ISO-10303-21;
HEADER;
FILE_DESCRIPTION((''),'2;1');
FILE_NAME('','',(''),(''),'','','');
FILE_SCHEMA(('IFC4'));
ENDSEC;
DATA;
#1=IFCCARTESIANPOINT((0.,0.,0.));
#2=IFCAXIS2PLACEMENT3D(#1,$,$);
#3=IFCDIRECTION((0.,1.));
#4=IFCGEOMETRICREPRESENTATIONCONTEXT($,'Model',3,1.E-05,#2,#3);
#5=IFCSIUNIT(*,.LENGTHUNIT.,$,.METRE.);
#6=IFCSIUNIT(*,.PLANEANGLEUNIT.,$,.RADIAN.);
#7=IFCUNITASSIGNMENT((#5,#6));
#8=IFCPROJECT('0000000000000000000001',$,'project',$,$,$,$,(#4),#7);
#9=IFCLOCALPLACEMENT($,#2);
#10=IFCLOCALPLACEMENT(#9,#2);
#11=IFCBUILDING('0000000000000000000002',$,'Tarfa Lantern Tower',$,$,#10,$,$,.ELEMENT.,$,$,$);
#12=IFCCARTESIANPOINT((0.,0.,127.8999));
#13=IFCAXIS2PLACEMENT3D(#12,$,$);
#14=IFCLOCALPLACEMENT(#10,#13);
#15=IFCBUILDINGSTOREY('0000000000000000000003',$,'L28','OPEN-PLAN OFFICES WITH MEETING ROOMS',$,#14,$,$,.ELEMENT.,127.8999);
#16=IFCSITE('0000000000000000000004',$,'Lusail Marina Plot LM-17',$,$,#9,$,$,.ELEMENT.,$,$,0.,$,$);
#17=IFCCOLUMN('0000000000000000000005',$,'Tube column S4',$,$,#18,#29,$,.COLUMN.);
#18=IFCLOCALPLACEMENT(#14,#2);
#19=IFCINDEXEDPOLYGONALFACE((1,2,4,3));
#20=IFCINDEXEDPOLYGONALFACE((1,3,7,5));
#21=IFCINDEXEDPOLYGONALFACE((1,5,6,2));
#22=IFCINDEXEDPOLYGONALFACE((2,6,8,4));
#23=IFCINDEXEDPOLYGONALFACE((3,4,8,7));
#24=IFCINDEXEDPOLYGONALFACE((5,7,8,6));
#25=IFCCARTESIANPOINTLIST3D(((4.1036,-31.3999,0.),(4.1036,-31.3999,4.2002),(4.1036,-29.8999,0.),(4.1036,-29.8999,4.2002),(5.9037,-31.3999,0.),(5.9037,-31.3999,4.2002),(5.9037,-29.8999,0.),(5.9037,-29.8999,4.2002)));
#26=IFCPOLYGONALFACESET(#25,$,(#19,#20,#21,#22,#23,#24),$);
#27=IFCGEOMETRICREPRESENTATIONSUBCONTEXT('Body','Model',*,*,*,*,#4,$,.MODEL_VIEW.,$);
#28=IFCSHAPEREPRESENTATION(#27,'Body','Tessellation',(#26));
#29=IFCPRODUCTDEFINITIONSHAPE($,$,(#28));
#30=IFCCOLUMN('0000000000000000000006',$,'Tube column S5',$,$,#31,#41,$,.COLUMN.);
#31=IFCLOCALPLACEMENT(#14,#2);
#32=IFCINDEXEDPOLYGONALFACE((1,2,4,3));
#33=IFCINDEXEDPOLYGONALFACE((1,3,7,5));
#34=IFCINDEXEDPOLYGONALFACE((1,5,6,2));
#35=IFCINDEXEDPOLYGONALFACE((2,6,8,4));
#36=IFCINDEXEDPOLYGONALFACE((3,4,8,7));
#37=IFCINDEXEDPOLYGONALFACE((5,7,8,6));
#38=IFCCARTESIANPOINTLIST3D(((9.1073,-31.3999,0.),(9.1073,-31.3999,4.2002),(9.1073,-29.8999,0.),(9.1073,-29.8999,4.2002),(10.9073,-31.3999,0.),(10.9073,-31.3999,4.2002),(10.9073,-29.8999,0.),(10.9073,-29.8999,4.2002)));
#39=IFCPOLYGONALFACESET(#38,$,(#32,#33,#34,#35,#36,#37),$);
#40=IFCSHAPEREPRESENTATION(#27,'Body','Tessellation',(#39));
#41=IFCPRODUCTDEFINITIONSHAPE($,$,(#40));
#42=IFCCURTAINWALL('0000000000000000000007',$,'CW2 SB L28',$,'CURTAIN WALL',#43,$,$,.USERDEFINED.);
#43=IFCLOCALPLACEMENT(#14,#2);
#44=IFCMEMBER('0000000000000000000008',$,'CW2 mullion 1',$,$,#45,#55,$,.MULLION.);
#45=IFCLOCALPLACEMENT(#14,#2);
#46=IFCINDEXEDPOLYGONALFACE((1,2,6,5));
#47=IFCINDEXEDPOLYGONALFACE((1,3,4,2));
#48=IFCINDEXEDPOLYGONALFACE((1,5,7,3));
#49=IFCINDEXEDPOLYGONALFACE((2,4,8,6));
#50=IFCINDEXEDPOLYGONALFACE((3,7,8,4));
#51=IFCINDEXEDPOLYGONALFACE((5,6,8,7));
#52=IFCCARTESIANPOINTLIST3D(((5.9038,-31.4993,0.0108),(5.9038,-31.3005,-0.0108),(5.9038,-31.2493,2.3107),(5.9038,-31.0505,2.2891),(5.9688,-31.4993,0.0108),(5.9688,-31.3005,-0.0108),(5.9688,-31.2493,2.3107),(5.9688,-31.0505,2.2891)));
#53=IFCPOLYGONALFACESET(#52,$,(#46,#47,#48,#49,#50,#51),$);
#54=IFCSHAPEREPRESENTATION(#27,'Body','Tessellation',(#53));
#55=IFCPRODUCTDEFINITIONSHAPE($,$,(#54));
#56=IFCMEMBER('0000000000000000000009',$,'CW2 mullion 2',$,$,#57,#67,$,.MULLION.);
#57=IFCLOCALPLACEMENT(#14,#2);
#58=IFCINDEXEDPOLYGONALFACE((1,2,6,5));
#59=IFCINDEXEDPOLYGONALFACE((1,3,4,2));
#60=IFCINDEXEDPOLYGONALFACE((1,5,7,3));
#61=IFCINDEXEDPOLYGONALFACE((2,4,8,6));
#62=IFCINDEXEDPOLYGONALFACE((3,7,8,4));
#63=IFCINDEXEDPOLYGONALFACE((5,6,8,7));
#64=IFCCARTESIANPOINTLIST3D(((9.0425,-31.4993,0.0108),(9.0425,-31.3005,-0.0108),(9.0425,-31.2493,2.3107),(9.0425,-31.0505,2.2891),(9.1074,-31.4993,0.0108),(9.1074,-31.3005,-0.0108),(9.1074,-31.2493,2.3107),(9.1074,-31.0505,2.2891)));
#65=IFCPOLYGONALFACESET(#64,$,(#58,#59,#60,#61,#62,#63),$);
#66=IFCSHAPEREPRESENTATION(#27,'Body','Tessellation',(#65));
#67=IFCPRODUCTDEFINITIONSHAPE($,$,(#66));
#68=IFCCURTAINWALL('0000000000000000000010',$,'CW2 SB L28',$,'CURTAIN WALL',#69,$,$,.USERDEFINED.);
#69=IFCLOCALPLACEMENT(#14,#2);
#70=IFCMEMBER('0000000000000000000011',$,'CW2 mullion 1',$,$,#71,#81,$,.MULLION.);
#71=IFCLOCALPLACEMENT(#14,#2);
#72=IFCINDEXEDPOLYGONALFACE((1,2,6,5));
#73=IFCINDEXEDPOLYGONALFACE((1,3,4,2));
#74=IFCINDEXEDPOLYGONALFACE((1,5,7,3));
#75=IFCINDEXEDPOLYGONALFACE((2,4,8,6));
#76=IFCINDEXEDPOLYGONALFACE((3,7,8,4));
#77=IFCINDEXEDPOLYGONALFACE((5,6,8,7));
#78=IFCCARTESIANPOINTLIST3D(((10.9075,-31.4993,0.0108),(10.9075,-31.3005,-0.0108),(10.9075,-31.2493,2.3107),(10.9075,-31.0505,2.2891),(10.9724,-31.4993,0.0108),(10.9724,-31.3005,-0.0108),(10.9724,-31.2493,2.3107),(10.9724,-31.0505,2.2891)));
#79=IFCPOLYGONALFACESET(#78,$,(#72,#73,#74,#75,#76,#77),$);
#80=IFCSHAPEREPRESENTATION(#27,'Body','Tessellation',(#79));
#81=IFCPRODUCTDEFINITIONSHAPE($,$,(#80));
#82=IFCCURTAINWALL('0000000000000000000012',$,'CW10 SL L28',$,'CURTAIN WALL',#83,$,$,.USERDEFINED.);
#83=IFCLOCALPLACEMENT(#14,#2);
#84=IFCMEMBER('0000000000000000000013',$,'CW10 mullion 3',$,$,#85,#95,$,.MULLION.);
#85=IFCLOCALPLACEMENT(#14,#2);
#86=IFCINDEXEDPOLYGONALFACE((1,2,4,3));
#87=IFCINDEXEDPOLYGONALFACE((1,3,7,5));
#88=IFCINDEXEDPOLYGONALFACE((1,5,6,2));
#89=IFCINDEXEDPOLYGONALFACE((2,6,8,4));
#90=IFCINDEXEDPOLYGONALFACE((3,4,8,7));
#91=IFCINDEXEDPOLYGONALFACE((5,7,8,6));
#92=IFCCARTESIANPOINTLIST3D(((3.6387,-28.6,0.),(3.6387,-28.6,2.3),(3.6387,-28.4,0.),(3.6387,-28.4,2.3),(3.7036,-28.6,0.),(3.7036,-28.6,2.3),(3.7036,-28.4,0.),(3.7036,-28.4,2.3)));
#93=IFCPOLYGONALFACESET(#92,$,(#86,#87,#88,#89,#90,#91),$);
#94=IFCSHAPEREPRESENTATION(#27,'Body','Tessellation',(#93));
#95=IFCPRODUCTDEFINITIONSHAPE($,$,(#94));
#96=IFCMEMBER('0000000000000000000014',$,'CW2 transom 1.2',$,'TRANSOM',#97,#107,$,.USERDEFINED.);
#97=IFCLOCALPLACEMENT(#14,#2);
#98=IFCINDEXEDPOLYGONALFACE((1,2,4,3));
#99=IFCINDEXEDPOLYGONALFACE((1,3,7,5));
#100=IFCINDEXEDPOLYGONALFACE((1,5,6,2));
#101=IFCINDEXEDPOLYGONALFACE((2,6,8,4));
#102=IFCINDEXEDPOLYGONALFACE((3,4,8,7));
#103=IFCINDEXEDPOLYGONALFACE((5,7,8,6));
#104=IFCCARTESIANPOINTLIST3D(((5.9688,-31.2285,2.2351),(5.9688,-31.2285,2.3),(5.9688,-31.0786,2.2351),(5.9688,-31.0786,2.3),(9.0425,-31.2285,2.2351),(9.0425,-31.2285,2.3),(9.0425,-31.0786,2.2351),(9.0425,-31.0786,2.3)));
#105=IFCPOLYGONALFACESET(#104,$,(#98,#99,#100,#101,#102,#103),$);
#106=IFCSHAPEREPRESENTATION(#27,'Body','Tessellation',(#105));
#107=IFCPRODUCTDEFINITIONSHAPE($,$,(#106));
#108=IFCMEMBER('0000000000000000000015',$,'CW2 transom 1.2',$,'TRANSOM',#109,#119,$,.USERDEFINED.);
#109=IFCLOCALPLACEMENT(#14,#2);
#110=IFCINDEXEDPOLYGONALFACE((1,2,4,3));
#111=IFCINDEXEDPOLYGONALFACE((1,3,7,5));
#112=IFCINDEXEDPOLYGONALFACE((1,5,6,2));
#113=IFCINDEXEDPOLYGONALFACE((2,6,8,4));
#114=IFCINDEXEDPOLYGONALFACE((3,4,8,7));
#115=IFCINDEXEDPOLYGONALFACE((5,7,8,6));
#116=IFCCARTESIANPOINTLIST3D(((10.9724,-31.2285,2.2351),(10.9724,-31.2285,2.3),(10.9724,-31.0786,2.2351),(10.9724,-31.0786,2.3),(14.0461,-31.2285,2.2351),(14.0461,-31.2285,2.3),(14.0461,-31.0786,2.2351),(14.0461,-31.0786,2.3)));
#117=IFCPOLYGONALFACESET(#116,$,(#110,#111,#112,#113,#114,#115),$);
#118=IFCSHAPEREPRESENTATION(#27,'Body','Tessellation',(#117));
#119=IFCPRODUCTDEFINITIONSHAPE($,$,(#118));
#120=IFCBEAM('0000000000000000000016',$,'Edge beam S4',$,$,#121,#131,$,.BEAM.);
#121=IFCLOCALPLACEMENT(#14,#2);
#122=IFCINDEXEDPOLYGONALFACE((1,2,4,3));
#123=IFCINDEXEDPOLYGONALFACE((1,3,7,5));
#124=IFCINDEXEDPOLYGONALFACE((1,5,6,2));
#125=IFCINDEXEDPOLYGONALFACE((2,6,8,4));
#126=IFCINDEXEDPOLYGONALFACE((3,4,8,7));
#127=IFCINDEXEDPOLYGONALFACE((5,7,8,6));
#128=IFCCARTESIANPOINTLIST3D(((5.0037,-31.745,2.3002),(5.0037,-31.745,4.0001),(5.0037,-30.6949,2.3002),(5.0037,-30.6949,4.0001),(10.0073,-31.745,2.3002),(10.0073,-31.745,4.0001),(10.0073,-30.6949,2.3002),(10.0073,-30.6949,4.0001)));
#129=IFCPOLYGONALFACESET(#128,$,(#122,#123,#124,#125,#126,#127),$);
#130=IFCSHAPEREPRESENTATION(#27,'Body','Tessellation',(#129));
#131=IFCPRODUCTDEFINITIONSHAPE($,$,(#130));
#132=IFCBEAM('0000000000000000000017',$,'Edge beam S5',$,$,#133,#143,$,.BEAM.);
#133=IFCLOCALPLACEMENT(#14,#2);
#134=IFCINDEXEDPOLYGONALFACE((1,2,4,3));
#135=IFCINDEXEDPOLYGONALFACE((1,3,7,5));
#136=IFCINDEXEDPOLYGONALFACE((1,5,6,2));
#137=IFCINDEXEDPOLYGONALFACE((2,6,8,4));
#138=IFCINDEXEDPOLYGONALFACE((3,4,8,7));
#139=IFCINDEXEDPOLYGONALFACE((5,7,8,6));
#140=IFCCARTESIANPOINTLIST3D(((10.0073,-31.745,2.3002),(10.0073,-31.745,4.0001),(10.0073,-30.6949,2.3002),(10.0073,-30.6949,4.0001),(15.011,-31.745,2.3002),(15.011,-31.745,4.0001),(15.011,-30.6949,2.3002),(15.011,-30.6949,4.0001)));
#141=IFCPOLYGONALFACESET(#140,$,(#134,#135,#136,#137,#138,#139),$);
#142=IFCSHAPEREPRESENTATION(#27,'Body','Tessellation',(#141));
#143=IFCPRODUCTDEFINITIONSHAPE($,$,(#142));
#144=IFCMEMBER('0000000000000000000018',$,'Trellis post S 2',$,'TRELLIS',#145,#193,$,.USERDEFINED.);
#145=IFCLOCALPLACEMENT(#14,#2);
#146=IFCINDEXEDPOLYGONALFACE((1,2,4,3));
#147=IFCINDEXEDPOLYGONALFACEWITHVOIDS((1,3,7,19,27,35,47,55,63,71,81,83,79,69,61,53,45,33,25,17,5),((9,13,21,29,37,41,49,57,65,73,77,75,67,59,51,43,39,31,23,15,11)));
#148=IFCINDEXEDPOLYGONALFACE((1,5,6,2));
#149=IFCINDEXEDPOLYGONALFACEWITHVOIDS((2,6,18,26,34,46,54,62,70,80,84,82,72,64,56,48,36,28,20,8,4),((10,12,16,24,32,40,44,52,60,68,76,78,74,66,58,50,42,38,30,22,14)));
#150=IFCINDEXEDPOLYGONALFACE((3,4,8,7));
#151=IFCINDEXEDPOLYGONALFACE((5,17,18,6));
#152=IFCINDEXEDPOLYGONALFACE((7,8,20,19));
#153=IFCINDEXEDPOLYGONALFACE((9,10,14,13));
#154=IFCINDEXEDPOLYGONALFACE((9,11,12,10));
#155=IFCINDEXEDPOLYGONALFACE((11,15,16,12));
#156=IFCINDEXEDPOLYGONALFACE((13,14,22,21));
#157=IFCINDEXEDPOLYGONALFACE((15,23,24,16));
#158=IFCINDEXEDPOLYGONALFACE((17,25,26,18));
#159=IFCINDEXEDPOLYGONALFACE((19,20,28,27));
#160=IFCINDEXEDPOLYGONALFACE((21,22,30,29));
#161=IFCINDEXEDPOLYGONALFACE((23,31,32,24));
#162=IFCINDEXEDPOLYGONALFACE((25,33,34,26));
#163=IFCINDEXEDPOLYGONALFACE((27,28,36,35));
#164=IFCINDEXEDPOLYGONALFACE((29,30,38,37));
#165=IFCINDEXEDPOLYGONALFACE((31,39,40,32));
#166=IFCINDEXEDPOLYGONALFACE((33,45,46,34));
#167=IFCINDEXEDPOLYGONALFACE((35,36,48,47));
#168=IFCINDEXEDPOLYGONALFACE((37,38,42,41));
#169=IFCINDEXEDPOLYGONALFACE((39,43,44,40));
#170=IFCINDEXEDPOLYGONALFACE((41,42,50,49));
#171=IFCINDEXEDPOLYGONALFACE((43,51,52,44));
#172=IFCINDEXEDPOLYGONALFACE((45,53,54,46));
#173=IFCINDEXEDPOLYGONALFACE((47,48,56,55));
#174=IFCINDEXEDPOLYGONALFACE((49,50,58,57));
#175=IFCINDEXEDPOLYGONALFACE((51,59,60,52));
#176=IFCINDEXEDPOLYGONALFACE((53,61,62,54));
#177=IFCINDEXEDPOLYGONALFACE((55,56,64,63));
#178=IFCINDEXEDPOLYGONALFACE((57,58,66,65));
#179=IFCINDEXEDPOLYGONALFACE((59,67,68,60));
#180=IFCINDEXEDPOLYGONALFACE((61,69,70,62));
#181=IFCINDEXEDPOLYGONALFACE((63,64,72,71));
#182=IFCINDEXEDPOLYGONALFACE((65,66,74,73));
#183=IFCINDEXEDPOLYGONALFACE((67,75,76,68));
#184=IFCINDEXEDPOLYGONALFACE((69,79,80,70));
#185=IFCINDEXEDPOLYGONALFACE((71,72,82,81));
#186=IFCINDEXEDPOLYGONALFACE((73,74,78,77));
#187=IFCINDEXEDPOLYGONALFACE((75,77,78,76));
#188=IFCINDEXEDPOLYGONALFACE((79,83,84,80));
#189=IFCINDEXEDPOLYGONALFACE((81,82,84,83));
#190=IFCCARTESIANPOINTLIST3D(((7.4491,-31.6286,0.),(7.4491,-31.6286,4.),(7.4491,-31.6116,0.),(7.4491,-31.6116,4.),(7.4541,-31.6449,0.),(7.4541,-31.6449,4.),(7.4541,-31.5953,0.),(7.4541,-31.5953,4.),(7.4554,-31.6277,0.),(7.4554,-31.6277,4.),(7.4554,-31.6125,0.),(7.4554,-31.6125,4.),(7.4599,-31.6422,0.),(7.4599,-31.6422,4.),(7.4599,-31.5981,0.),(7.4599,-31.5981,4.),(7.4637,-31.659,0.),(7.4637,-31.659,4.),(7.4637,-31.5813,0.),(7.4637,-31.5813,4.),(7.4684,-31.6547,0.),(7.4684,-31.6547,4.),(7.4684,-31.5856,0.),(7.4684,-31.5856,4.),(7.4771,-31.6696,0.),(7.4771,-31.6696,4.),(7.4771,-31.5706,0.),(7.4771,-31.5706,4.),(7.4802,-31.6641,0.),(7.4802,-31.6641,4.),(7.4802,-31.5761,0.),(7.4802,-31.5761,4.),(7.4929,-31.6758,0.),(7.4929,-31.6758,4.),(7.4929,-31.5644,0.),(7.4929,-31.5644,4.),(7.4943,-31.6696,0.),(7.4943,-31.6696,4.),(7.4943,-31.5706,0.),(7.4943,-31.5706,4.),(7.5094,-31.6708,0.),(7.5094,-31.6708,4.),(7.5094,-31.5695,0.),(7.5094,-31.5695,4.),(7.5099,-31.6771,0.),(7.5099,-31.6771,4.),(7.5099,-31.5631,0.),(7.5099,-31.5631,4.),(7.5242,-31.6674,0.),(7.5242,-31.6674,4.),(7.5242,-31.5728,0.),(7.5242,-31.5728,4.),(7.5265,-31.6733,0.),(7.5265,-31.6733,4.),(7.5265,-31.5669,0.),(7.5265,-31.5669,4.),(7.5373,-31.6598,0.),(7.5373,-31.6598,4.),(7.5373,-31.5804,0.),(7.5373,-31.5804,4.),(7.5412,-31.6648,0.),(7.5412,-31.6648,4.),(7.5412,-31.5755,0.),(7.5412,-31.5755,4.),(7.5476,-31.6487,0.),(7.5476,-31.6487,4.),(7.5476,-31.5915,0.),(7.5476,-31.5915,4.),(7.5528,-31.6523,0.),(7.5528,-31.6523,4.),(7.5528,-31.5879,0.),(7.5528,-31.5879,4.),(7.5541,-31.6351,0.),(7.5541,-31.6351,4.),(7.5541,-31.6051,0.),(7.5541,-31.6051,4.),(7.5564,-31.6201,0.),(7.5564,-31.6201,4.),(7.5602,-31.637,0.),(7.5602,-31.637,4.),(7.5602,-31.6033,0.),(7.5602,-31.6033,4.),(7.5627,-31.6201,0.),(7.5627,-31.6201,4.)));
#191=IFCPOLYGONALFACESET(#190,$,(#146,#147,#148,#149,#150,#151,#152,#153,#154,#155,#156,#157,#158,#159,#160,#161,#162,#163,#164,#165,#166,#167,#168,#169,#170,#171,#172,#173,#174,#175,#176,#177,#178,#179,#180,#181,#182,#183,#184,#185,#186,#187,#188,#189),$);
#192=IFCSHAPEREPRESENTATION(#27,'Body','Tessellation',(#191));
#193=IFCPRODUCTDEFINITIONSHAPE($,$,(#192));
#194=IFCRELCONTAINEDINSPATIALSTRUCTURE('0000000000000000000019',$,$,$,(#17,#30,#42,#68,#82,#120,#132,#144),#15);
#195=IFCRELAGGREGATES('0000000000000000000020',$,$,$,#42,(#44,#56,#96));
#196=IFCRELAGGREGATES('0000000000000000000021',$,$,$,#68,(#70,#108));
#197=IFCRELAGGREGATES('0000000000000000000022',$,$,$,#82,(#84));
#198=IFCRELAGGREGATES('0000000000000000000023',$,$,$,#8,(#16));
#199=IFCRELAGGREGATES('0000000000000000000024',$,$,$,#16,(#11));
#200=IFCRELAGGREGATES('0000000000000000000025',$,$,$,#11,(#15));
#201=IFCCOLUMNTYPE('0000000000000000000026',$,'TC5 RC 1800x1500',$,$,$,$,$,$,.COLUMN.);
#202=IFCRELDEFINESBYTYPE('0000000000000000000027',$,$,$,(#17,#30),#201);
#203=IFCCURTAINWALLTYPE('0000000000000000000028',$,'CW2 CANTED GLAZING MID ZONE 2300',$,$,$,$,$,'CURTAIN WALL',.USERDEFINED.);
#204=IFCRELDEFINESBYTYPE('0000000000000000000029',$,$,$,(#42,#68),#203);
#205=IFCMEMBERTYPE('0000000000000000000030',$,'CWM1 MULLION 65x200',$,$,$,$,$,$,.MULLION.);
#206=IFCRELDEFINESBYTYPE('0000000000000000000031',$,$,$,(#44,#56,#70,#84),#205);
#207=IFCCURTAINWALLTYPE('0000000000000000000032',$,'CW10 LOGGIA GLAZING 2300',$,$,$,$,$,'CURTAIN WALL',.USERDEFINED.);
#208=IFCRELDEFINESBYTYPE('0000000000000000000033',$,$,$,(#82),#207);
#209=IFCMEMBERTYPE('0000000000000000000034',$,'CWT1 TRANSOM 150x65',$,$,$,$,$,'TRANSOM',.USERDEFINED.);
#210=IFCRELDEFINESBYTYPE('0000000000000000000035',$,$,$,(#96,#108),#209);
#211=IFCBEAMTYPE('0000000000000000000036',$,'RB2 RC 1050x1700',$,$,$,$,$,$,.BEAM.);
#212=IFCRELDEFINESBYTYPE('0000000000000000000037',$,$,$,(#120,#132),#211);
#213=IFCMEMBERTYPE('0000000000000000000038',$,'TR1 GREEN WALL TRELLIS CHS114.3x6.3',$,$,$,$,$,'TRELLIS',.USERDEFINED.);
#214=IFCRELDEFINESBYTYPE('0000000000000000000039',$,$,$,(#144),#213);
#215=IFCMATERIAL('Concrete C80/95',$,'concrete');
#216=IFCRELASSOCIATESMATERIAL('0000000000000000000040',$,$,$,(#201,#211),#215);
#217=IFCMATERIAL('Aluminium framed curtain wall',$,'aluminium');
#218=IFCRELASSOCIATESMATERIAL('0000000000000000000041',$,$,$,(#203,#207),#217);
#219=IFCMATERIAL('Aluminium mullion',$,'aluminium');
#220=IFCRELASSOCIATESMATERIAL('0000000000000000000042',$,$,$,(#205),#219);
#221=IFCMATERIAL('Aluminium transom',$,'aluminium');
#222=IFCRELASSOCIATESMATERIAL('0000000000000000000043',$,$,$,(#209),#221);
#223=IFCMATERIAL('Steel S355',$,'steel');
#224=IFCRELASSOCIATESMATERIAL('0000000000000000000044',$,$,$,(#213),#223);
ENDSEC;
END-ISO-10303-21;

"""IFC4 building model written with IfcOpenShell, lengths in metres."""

from ifc_helpers import new_model, si_unit, direction, frame, origin, origin_2d, place, context, subcontext, project, spatial, rectangle, hollow_circle, extrude, material, material_profile, profile_set, type_object, element, aggregate, save


model = new_model("IFC4")

# Units and contexts
model_context = context("Model", 3, precision=1e-05, world=origin(), true_north=direction((0.0, 1.0)))
body_context = subcontext(model_context, "Body", "Model", "MODEL_VIEW")
ifc_project = project(units=[si_unit("LENGTHUNIT", "METRE"), si_unit("PLANEANGLEUNIT", "RADIAN")], contexts=[model_context])

# Site, building, storey
site_placement = place(None, origin())
site = spatial("IfcSite", under=ifc_project, at=site_placement, Name="Lusail Marina Plot LM-17", CompositionType="ELEMENT", RefElevation=0.0)
building_placement = place(site_placement, origin())
building = spatial("IfcBuilding", under=site, at=building_placement, Name="Tarfa Lantern Tower", CompositionType="ELEMENT")
storey_placement = place(building_placement, frame((0.0, 0.0, 127.8999)))
storey = spatial("IfcBuildingStorey", under=building, at=storey_placement, Name="L28", Description="OPEN-PLAN OFFICES WITH MEETING ROOMS", CompositionType="ELEMENT", Elevation=127.8999)

# Columns
ifc_material_1 = material(Name="Concrete C80/95", Category="concrete")
ifc_material_profile_1 = material_profile(ifc_material_1, rectangle(XDim=1.8, YDim=1.5, at=origin_2d()), Name="RC 1800x1500")
ifc_profile_set_1 = profile_set([ifc_material_profile_1], Name="Concrete C80/95")
column_type = type_object("IfcColumnType", Name="TC5 RC 1800x1500", PredefinedType="COLUMN", material=ifc_profile_set_1)
for number, where, z_axis, x_axis, name in (
    (1, (5.0037, -30.6499, 0.0), (0.0, 0.0, 1.0), (1.0, 0.0, 0.0), "Tube column S4"),
    (2, (10.0073, -30.6499, 0.0), (0.0, 0.0, 1.0), (1.0, 0.0, 0.0), "Tube column S5"),
):
    element("IfcColumn", number, at=place(storey_placement, frame(where, z_axis=z_axis, x_axis=x_axis)), inside=storey, type_object=column_type, Name=name, PredefinedType="COLUMN", context=body_context, shape_type="SweptSolid", body=[
        extrude(rectangle(XDim=1.8, YDim=1.5, at=origin_2d()), origin(), (0.0, 0.0, 1.0), 4.2002),
    ])

# Curtain wall, members
ifc_material_2 = material(Name="Aluminium framed curtain wall", Category="aluminium")
curtain_wall_type_1 = type_object("IfcCurtainWallType", Name="CW2 CANTED GLAZING MID ZONE 2300", ElementType="CURTAIN WALL", PredefinedType="USERDEFINED", material=ifc_material_2)
curtain_wall_1_placement = place(storey_placement, origin())
curtain_wall_1 = element("IfcCurtainWall", 3, at=curtain_wall_1_placement, inside=storey, type_object=curtain_wall_type_1, Name="CW2 SB L28", ObjectType="CURTAIN WALL", PredefinedType="USERDEFINED")
ifc_material_3 = material(Name="Aluminium mullion", Category="aluminium")
ifc_material_profile_2 = material_profile(ifc_material_3, rectangle(XDim=0.0649, YDim=0.2, at=origin_2d()), Name="AL MULLION 65x200")
ifc_profile_set_2 = profile_set([ifc_material_profile_2], Name="Aluminium mullion")
member_type_1 = type_object("IfcMemberType", Name="CWM1 MULLION 65x200", PredefinedType="MULLION", material=ifc_profile_set_2)
member_1_placement = place(storey_placement, frame((5.9363, -31.3999, 0.0), z_axis=(0.0, 0.108057, 0.994145), x_axis=(-1.0, 0.0, 0.0)))
member_1 = element("IfcMember", 4, at=member_1_placement, type_object=member_type_1, Name="CW2 mullion 1", PredefinedType="MULLION", context=body_context, shape_type="SweptSolid", body=[
    extrude(rectangle(XDim=0.0649, YDim=0.2, at=origin_2d()), origin(), (0.0, 0.0, 1.0), 2.3135),
])
member_2_placement = place(storey_placement, frame((9.075, -31.3999, 0.0), z_axis=(0.0, 0.108057, 0.994145), x_axis=(-1.0, 0.0, 0.0)))
member_2 = element("IfcMember", 5, at=member_2_placement, type_object=member_type_1, Name="CW2 mullion 2", PredefinedType="MULLION", context=body_context, shape_type="SweptSolid", body=[
    extrude(rectangle(XDim=0.0649, YDim=0.2, at=origin_2d()), origin(), (0.0, 0.0, 1.0), 2.3135),
])

# Curtain walls, members
curtain_wall_2_placement = place(storey_placement, origin())
curtain_wall_2 = element("IfcCurtainWall", 6, at=curtain_wall_2_placement, inside=storey, type_object=curtain_wall_type_1, Name="CW2 SB L28", ObjectType="CURTAIN WALL", PredefinedType="USERDEFINED")
member_3_placement = place(storey_placement, frame((10.9399, -31.3999, 0.0), z_axis=(0.0, 0.108057, 0.994145), x_axis=(-1.0, 0.0, 0.0)))
member_3 = element("IfcMember", 7, at=member_3_placement, type_object=member_type_1, Name="CW2 mullion 1", PredefinedType="MULLION", context=body_context, shape_type="SweptSolid", body=[
    extrude(rectangle(XDim=0.0649, YDim=0.2, at=origin_2d()), origin(), (0.0, 0.0, 1.0), 2.3135),
])
curtain_wall_type_2 = type_object("IfcCurtainWallType", Name="CW10 LOGGIA GLAZING 2300", ElementType="CURTAIN WALL", PredefinedType="USERDEFINED", material=ifc_material_2)
curtain_wall_3_placement = place(storey_placement, origin())
curtain_wall_3 = element("IfcCurtainWall", 8, at=curtain_wall_3_placement, inside=storey, type_object=curtain_wall_type_2, Name="CW10 SL L28", ObjectType="CURTAIN WALL", PredefinedType="USERDEFINED")
member_4_placement = place(storey_placement, frame((3.6711, -28.5, 0.0), z_axis=(0.0, 0.0, 1.0), x_axis=(1.0, 0.0, 0.0)))
member_4 = element("IfcMember", 9, at=member_4_placement, type_object=member_type_1, Name="CW10 mullion 3", PredefinedType="MULLION", context=body_context, shape_type="SweptSolid", body=[
    extrude(rectangle(XDim=0.0649, YDim=0.2, at=origin_2d()), origin(), (0.0, 0.0, 1.0), 2.3),
])

# Members
ifc_material_4 = material(Name="Aluminium transom", Category="aluminium")
ifc_material_profile_3 = material_profile(ifc_material_4, rectangle(XDim=0.1499, YDim=0.0649, at=origin_2d()), Name="AL TRANSOM 150x65")
ifc_profile_set_3 = profile_set([ifc_material_profile_3], Name="Aluminium transom")
member_type_2 = type_object("IfcMemberType", Name="CWT1 TRANSOM 150x65", ElementType="TRANSOM", PredefinedType="USERDEFINED", material=ifc_profile_set_3)
member_5_placement = place(storey_placement, frame((5.9688, -31.1536, 2.2676), z_axis=(1.0, 0.0, 0.0), x_axis=(0.0, 1.0, 0.0)))
member_5 = element("IfcMember", 10, at=member_5_placement, type_object=member_type_2, Name="CW2 transom 1.2", ObjectType="TRANSOM", PredefinedType="USERDEFINED", context=body_context, shape_type="SweptSolid", body=[
    extrude(rectangle(XDim=0.1499, YDim=0.0649, at=origin_2d()), origin(), (0.0, 0.0, 1.0), 3.0737),
])
member_6_placement = place(storey_placement, frame((10.9724, -31.1536, 2.2676), z_axis=(1.0, 0.0, 0.0), x_axis=(0.0, 1.0, 0.0)))
member_6 = element("IfcMember", 11, at=member_6_placement, type_object=member_type_2, Name="CW2 transom 1.2", ObjectType="TRANSOM", PredefinedType="USERDEFINED", context=body_context, shape_type="SweptSolid", body=[
    extrude(rectangle(XDim=0.1499, YDim=0.0649, at=origin_2d()), origin(), (0.0, 0.0, 1.0), 3.0737),
])

# Beams
ifc_material_profile_4 = material_profile(ifc_material_1, rectangle(XDim=1.05, YDim=1.7, at=origin_2d()), Name="RC 1050x1700")
ifc_profile_set_4 = profile_set([ifc_material_profile_4], Name="Concrete C80/95")
beam_type_1 = type_object("IfcBeamType", Name="RB2 RC 1050x1700", PredefinedType="BEAM", material=ifc_profile_set_4)
for number, where, z_axis, x_axis, name in (
    (12, (5.0037, -31.22, 3.1501), (1.0, 0.0, 0.0), (0.0, 1.0, 0.0), "Edge beam S4"),
    (13, (10.0073, -31.22, 3.1501), (1.0, 0.0, 0.0), (0.0, 1.0, 0.0), "Edge beam S5"),
):
    element("IfcBeam", number, at=place(storey_placement, frame(where, z_axis=z_axis, x_axis=x_axis)), inside=storey, type_object=beam_type_1, Name=name, PredefinedType="BEAM", context=body_context, shape_type="SweptSolid", body=[
        extrude(rectangle(XDim=1.05, YDim=1.7, at=origin_2d()), origin(), (0.0, 0.0, 1.0), 5.0037),
    ])

# Member
ifc_material_5 = material(Name="Steel S355", Category="steel")
ifc_material_profile_5 = material_profile(ifc_material_5, hollow_circle(Radius=0.0571, WallThickness=0.0063, at=origin_2d()), Name="CHS114.3x6.3")
ifc_profile_set_5 = profile_set([ifc_material_profile_5], Name="Steel S355")
member_type_3 = type_object("IfcMemberType", Name="TR1 GREEN WALL TRELLIS CHS114.3x6.3", ElementType="TRELLIS", PredefinedType="USERDEFINED", material=ifc_profile_set_5)
member_7_placement = place(storey_placement, frame((7.5056, -31.6201, 0.0), z_axis=(0.0, 0.0, 1.0), x_axis=(1.0, 0.0, 0.0)))
element("IfcMember", 14, at=member_7_placement, inside=storey, type_object=member_type_3, Name="Trellis post S 2", ObjectType="TRELLIS", PredefinedType="USERDEFINED", context=body_context, shape_type="SweptSolid", body=[
    extrude(hollow_circle(Radius=0.0571, WallThickness=0.0063, at=origin_2d()), origin(), (0.0, 0.0, 1.0), 4.0),
])

aggregate(curtain_wall_1, [member_1, member_2, member_5])
aggregate(curtain_wall_2, [member_3, member_6])
aggregate(curtain_wall_3, [member_4])

save(model, "model.ifc")
